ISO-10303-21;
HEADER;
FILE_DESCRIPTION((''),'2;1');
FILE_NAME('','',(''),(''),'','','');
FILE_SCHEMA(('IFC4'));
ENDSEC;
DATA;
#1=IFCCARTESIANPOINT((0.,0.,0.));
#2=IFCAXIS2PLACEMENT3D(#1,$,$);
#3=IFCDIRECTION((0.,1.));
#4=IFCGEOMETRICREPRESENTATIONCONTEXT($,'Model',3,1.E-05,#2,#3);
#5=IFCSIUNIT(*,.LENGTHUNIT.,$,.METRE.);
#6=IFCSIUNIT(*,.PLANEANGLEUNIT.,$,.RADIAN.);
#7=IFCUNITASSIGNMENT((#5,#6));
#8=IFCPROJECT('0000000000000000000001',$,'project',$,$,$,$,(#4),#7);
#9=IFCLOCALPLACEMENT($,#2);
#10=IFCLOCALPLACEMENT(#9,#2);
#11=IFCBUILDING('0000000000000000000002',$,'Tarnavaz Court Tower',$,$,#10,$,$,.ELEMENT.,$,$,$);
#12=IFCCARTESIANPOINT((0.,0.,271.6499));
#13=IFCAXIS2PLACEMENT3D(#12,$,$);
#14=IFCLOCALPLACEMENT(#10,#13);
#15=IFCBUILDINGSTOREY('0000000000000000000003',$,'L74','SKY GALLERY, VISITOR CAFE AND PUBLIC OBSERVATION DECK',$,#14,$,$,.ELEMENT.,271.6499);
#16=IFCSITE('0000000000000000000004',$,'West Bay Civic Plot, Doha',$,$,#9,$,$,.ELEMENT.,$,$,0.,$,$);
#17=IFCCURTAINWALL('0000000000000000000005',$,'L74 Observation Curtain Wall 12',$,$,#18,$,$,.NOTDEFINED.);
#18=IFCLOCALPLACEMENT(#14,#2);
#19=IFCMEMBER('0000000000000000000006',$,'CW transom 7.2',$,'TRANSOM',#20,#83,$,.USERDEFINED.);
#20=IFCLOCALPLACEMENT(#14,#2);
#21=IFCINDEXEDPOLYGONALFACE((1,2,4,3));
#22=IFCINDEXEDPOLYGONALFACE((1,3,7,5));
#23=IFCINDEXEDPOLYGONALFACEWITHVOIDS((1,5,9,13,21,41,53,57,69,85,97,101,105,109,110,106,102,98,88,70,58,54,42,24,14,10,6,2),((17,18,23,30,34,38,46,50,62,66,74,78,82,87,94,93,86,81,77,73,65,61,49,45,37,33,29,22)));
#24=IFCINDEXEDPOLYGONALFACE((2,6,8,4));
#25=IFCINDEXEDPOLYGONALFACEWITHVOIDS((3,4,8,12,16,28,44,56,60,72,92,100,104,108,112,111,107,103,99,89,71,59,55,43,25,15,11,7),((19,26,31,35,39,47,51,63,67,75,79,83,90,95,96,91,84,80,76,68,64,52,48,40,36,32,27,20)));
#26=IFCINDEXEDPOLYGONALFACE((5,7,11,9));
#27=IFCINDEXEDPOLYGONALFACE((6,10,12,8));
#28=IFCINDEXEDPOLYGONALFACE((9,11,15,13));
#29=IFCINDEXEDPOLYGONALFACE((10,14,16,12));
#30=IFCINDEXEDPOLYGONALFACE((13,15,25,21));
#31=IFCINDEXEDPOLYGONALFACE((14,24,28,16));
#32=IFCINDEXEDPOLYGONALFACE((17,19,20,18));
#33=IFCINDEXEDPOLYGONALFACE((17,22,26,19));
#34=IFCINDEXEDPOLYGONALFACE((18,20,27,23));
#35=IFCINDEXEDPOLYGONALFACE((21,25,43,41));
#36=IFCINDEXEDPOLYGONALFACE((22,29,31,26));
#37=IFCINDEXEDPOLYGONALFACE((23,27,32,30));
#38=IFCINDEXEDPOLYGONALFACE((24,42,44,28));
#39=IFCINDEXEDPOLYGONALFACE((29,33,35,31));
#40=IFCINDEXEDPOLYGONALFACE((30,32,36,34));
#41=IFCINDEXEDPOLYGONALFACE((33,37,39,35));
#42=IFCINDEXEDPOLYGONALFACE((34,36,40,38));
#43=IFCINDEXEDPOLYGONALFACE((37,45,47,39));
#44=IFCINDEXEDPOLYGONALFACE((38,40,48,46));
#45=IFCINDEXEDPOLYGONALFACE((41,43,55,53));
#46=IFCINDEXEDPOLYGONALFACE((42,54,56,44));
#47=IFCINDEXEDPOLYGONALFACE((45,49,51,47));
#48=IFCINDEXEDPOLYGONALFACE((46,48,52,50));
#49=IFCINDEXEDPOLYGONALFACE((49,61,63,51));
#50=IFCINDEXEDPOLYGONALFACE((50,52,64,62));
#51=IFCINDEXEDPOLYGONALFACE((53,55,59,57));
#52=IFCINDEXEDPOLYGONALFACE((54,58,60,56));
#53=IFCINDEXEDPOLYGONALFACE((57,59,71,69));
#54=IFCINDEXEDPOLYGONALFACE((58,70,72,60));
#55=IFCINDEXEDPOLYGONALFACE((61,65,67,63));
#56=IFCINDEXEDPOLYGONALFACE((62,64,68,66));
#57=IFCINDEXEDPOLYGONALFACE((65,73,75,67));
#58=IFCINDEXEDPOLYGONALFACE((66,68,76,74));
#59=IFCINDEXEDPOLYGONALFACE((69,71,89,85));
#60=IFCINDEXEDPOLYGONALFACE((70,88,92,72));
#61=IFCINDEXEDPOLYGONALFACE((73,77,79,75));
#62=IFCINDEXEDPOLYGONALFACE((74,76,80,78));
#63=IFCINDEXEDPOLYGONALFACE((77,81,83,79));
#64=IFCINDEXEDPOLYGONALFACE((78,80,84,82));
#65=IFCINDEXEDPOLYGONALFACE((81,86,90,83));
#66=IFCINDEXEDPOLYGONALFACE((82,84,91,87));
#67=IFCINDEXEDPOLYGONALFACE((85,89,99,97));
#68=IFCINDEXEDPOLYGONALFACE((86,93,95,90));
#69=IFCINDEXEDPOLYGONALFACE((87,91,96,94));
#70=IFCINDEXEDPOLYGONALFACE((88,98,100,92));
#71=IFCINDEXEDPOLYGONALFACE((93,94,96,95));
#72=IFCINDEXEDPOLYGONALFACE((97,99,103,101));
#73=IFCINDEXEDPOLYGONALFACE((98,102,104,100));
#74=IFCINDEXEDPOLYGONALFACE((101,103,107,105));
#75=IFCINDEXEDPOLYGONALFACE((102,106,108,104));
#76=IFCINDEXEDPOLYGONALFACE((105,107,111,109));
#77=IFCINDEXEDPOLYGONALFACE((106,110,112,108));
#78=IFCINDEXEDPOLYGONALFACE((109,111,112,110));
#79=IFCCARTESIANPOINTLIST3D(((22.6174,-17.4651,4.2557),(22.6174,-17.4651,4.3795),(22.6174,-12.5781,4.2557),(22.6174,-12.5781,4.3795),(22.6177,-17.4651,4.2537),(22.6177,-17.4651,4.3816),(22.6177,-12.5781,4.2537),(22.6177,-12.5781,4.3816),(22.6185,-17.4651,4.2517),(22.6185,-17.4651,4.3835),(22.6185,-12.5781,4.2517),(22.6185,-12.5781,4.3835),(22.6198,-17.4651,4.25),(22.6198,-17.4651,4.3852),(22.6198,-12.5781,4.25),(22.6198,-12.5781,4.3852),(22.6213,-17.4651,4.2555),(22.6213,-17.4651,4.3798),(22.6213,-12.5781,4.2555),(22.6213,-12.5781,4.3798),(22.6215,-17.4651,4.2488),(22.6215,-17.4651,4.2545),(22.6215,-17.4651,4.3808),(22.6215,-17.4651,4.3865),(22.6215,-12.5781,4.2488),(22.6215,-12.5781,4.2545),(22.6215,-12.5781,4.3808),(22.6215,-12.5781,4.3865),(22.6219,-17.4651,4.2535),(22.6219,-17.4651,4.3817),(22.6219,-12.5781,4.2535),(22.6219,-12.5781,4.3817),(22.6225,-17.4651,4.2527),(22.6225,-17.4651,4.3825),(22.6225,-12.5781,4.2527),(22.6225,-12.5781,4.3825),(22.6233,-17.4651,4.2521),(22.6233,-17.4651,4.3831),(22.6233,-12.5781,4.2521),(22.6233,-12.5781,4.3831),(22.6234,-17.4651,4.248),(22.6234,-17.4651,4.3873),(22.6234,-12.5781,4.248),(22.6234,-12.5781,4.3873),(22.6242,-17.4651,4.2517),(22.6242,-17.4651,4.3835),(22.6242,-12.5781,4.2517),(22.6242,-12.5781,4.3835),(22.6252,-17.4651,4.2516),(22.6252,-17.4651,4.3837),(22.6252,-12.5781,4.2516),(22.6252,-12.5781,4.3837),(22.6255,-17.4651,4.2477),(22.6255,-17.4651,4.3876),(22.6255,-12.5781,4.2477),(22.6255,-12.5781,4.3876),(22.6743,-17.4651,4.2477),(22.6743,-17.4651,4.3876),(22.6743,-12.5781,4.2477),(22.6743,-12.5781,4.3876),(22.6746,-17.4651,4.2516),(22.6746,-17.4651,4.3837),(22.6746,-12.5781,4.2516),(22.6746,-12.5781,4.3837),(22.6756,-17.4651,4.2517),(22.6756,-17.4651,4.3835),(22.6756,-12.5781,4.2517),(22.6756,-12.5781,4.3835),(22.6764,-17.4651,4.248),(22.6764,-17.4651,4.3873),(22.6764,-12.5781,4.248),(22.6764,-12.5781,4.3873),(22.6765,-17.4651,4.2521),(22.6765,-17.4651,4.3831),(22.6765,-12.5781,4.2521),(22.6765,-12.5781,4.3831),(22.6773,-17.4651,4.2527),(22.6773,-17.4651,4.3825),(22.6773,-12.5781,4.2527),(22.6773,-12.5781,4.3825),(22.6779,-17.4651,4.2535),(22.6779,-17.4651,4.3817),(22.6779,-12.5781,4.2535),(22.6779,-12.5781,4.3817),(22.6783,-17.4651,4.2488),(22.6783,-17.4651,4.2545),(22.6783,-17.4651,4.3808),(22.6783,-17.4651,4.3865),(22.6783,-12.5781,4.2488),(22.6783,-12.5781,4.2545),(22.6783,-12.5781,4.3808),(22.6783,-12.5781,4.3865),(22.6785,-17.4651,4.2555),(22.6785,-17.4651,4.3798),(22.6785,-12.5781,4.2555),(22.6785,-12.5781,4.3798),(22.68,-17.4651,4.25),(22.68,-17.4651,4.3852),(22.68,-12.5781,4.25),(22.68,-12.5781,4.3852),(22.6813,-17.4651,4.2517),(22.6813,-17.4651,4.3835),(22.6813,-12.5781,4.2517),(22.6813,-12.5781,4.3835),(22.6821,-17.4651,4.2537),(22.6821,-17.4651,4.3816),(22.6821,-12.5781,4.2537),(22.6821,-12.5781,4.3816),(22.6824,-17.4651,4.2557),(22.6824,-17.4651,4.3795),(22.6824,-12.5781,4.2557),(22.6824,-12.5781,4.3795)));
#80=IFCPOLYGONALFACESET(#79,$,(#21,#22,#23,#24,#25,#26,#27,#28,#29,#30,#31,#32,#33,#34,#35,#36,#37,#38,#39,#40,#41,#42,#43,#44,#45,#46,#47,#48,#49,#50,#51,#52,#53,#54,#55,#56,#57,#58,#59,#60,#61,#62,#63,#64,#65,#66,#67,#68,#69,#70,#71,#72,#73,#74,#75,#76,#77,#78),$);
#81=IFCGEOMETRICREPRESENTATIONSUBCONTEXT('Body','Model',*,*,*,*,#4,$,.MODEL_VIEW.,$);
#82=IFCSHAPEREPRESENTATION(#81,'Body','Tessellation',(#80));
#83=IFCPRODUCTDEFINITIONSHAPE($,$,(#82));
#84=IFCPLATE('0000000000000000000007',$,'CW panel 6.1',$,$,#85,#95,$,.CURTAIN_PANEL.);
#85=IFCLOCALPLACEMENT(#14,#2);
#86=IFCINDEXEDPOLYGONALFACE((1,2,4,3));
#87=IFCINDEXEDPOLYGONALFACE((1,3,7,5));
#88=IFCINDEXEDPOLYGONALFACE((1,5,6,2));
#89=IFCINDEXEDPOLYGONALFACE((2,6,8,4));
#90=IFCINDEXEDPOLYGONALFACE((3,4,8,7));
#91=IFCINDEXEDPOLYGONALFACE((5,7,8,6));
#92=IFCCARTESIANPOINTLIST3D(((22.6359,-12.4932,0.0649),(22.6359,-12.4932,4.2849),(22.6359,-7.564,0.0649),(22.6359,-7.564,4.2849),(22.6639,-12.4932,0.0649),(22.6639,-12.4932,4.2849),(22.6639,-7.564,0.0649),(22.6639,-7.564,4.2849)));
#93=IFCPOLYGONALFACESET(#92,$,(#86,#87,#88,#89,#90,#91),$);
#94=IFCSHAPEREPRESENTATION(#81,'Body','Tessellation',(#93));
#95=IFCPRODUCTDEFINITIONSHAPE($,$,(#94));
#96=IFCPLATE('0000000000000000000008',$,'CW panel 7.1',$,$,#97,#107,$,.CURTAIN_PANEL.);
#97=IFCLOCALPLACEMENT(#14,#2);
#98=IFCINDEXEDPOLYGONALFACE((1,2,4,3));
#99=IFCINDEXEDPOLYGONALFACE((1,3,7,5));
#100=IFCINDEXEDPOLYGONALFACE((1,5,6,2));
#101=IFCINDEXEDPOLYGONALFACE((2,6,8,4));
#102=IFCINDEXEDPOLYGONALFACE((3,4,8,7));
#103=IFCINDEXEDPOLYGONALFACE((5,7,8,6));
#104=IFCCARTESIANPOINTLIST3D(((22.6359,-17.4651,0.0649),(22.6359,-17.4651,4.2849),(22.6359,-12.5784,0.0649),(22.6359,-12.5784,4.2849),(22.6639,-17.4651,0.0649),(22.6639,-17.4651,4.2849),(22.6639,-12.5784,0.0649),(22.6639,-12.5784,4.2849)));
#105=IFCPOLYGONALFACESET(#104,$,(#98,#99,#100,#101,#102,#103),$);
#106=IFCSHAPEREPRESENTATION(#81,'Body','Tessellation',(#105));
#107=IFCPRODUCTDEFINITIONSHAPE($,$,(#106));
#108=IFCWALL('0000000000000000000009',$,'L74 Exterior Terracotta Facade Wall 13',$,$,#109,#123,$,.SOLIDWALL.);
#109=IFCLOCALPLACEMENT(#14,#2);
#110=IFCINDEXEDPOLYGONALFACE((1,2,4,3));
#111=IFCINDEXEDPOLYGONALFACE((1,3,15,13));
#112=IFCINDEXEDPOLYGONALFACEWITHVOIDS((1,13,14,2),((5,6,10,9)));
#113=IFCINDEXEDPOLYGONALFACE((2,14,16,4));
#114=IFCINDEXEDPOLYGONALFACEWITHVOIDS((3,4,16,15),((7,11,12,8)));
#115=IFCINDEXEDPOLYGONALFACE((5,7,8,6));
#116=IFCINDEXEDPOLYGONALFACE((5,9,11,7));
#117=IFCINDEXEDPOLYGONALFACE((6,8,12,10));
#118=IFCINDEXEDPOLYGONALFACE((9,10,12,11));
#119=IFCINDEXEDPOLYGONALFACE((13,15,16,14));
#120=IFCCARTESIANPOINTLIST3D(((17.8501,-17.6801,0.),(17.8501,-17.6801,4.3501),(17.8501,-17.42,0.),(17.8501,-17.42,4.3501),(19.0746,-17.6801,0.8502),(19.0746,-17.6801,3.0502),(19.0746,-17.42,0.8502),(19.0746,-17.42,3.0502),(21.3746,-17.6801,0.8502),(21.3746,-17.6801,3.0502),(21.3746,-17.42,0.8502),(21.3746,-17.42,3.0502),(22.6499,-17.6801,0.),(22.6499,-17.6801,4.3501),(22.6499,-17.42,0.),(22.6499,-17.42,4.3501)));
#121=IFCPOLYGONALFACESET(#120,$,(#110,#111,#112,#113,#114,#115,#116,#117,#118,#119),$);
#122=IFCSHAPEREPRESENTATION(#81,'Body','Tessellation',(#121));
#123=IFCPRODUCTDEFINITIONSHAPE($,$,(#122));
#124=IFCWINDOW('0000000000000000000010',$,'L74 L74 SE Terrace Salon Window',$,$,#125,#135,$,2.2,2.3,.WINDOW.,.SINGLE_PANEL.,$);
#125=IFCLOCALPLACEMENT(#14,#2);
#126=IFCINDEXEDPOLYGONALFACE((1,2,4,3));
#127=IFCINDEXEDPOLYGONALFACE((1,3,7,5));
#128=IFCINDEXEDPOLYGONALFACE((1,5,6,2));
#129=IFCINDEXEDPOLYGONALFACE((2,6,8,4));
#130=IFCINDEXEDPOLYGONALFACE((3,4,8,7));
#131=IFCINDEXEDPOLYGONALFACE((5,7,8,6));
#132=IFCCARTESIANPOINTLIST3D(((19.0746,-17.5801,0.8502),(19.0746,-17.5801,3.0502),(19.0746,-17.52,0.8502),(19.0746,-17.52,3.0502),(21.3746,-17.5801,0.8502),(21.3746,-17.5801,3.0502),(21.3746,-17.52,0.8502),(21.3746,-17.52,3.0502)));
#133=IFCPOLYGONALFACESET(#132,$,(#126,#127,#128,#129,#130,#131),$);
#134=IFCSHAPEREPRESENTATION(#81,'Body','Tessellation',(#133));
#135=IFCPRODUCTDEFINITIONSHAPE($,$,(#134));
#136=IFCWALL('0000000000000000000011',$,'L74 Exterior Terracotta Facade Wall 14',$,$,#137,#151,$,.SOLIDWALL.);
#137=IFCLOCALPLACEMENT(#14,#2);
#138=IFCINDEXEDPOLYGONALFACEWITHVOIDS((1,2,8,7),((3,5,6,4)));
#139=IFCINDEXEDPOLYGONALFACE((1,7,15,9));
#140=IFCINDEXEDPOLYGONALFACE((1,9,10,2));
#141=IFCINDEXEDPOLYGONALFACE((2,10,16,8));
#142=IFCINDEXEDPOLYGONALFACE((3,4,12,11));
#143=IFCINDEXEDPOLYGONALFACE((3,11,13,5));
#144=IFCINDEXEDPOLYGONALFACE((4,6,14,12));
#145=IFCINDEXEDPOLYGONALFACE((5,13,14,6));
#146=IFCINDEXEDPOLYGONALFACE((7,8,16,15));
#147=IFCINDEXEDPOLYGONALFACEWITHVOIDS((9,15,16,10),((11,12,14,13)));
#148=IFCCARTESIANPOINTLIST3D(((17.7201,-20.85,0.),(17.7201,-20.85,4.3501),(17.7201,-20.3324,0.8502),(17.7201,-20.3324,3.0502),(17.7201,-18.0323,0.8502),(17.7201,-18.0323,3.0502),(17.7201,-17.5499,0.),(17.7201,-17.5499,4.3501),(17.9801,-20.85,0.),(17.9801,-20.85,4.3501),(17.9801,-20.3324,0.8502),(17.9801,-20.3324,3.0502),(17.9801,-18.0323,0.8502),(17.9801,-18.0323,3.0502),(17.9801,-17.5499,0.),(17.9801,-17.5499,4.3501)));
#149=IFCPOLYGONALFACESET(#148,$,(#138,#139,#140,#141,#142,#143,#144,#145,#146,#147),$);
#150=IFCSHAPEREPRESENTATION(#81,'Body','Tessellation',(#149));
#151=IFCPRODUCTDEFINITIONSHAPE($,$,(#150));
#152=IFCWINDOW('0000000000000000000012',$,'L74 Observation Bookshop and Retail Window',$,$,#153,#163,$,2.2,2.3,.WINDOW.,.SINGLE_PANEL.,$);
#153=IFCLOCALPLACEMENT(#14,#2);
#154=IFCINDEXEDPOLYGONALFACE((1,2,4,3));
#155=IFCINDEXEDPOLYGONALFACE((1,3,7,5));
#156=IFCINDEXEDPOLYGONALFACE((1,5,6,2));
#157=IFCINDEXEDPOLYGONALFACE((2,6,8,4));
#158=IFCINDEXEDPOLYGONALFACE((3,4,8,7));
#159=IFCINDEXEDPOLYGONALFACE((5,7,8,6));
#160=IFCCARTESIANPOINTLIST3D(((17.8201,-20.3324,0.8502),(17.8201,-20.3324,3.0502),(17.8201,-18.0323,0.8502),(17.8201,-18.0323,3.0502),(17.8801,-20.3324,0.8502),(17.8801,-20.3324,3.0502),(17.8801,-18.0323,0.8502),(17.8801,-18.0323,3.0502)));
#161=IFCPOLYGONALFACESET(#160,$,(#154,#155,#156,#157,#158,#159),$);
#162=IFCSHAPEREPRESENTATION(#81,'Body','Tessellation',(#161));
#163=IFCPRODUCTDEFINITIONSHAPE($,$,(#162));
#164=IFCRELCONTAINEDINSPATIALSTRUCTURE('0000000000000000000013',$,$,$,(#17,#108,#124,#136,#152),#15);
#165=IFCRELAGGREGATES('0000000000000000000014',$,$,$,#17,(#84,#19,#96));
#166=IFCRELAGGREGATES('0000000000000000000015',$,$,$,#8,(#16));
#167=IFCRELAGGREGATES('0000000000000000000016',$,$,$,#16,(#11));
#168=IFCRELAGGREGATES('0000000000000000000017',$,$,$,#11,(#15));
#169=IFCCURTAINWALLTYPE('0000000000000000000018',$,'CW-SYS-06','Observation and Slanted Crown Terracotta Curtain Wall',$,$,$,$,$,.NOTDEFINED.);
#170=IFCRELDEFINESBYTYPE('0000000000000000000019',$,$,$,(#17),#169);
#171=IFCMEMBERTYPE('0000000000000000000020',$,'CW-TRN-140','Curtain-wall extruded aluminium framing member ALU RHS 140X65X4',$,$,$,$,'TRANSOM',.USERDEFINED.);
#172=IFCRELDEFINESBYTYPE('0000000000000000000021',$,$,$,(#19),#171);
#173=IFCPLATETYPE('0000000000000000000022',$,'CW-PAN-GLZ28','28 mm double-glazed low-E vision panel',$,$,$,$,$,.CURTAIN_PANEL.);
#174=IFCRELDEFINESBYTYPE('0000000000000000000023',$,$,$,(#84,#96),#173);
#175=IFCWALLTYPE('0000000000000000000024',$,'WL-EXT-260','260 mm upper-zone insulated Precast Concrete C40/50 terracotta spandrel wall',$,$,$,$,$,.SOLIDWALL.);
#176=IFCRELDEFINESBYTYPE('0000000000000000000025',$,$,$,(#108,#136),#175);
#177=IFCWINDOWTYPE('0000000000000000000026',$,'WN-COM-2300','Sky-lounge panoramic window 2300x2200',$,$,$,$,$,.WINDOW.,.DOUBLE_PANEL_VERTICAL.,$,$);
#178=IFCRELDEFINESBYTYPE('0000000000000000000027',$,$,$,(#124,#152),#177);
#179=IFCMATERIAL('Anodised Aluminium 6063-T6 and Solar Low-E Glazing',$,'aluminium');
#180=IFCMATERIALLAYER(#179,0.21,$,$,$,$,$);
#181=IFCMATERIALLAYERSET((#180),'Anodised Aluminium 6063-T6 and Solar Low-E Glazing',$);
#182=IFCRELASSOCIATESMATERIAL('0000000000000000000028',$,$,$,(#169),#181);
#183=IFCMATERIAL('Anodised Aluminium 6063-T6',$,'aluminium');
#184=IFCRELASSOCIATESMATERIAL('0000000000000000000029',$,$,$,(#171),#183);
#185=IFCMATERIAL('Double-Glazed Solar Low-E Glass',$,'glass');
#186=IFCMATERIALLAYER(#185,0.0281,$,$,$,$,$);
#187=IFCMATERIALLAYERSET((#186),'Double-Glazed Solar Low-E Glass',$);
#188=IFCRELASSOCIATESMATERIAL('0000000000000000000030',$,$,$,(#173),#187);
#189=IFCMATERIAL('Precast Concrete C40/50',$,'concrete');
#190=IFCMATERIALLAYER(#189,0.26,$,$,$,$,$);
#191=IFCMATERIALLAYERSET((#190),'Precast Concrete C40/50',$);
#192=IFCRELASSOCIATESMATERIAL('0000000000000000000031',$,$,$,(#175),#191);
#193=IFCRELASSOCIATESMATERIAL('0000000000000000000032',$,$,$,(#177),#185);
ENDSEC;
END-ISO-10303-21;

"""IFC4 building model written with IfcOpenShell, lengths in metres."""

from ifc_helpers import new_model, si_unit, direction, frame, frame_2d, origin, origin_2d, place, context, subcontext, project, spatial, rectangle, hollow_rectangle, extrude, material, layer, layer_set, material_profile, profile_set, type_object, element, fill, aggregate, save


model = new_model("IFC4")

# Units and contexts
model_context = context("Model", 3, precision=1e-05, world=origin(), true_north=direction((0.0, 1.0)))
body_context = subcontext(model_context, "Body", "Model", "MODEL_VIEW")
ifc_project = project(units=[si_unit("LENGTHUNIT", "METRE"), si_unit("PLANEANGLEUNIT", "RADIAN")], contexts=[model_context])

# Site, building, storey
site_placement = place(None, origin())
site = spatial("IfcSite", under=ifc_project, at=site_placement, Name="West Bay Civic Plot, Doha", CompositionType="ELEMENT", RefElevation=0.0)
building_placement = place(site_placement, origin())
building = spatial("IfcBuilding", under=site, at=building_placement, Name="Tarnavaz Court Tower", CompositionType="ELEMENT")
storey_placement = place(building_placement, frame((0.0, 0.0, 271.6499)))
storey = spatial("IfcBuildingStorey", under=building, at=storey_placement, Name="L74", Description="SKY GALLERY, VISITOR CAFE AND PUBLIC OBSERVATION DECK", CompositionType="ELEMENT", Elevation=271.6499)

# Curtain wall, member, plates
ifc_material_1 = material(Name="Anodised Aluminium 6063-T6 and Solar Low-E Glazing", Category="aluminium")
ifc_layer_1 = layer(ifc_material_1, 0.21)
ifc_layer_set_1 = layer_set([ifc_layer_1], Name="Anodised Aluminium 6063-T6 and Solar Low-E Glazing")
curtain_wall_type = type_object("IfcCurtainWallType", Name="CW-SYS-06", Description="Observation and Slanted Crown Terracotta Curtain Wall", PredefinedType="NOTDEFINED", material=ifc_layer_set_1)
curtain_wall_placement = place(storey_placement, origin())
curtain_wall = element("IfcCurtainWall", 1, at=curtain_wall_placement, inside=storey, type_object=curtain_wall_type, Name="L74 Observation Curtain Wall 12", PredefinedType="NOTDEFINED")
ifc_material_2 = material(Name="Anodised Aluminium 6063-T6", Category="aluminium")
ifc_material_profile_1 = material_profile(ifc_material_2, hollow_rectangle(XDim=0.0649, YDim=0.1399, WallThickness=0.0039, InnerFilletRadius=0.0039, OuterFilletRadius=0.0081, at=origin_2d()), Name="ALU RHS 140X65X4")
ifc_profile_set_1 = profile_set([ifc_material_profile_1], Name="Anodised Aluminium 6063-T6")
member_type_1 = type_object("IfcMemberType", Name="CW-TRN-140", Description="Curtain-wall extruded aluminium framing member ALU RHS 140X65X4", ElementType="TRANSOM", PredefinedType="USERDEFINED", material=ifc_profile_set_1)
member_1_placement = place(storey_placement, frame((22.6499, -12.5781, 4.3176), z_axis=(0.0, -1.0, 0.0), x_axis=(1.0, 0.0, 0.0)))
member_1 = element("IfcMember", 2, at=member_1_placement, type_object=member_type_1, Name="CW transom 7.2", ObjectType="TRANSOM", PredefinedType="USERDEFINED", context=body_context, shape_type="SweptSolid", body=[
    extrude(hollow_rectangle(XDim=0.0649, YDim=0.1399, WallThickness=0.0039, InnerFilletRadius=0.0039, OuterFilletRadius=0.0081, at=origin_2d()), origin(), (0.0, 0.0, 1.0), 4.887),
])
ifc_material_3 = material(Name="Double-Glazed Solar Low-E Glass", Category="glass")
ifc_layer_2 = layer(ifc_material_3, 0.0281)
ifc_layer_set_2 = layer_set([ifc_layer_2], Name="Double-Glazed Solar Low-E Glass")
plate_type = type_object("IfcPlateType", Name="CW-PAN-GLZ28", Description="28 mm double-glazed low-E vision panel", PredefinedType="CURTAIN_PANEL", material=ifc_layer_set_2)
plate_1_placement = place(storey_placement, frame((22.6499, -10.0286, 0.0649), z_axis=(0.0, 0.0, 1.0), x_axis=(0.0, -1.0, 0.0)))
plate_1 = element("IfcPlate", 3, at=plate_1_placement, type_object=plate_type, Name="CW panel 6.1", PredefinedType="CURTAIN_PANEL", context=body_context, shape_type="SweptSolid", body=[
    extrude(rectangle(XDim=4.9292, YDim=0.0281, at=origin_2d()), origin(), (0.0, 0.0, 1.0), 4.22),
])
plate_2_placement = place(storey_placement, frame((22.6499, -15.0217, 0.0649), z_axis=(0.0, 0.0, 1.0), x_axis=(0.0, -1.0, 0.0)))
plate_2 = element("IfcPlate", 4, at=plate_2_placement, type_object=plate_type, Name="CW panel 7.1", PredefinedType="CURTAIN_PANEL", context=body_context, shape_type="SweptSolid", body=[
    extrude(rectangle(XDim=4.8867, YDim=0.0281, at=origin_2d()), origin(), (0.0, 0.0, 1.0), 4.22),
])
aggregate(curtain_wall, [plate_1, member_1, plate_2])

# Walls, openings, windows
ifc_material_4 = material(Name="Precast Concrete C40/50", Category="concrete")
ifc_layer_3 = layer(ifc_material_4, 0.26)
ifc_layer_set_3 = layer_set([ifc_layer_3], Name="Precast Concrete C40/50")
wall_type_1 = type_object("IfcWallType", Name="WL-EXT-260", Description="260 mm upper-zone insulated Precast Concrete C40/50 terracotta spandrel wall", PredefinedType="SOLIDWALL", material=ifc_layer_set_3)
wall_1_placement = place(storey_placement, frame((22.6499, -17.55, 0.0), z_axis=(0.0, 0.0, 1.0), x_axis=(-1.0, 0.0, 0.0)))
wall_1 = element("IfcWall", 5, at=wall_1_placement, inside=storey, type_object=wall_type_1, Name="L74 Exterior Terracotta Facade Wall 13", PredefinedType="SOLIDWALL", context=body_context, shape_type="SweptSolid", body=[
    extrude(rectangle(XDim=4.7998, YDim=0.26, at=frame_2d((2.3999, 0.0))), origin(), (0.0, 0.0, 1.0), 4.3501),
])
opening_1_placement = place(wall_1_placement, frame((1.2754, 0.0, 0.8501)))
opening_1 = element("IfcOpeningElement", 6, at=opening_1_placement, cuts=wall_1, PredefinedType="OPENING", context=body_context, shape_type="SweptSolid", body=[
    extrude(rectangle(XDim=2.3, YDim=2.2, at=frame_2d((1.1499, 1.1001))), frame((0.0, 0.1399, 0.0), z_axis=(0.0, -1.0, 0.0), x_axis=(1.0, 0.0, 0.0)), (0.0, 0.0, 1.0), 0.28),
])
window_type_1 = type_object("IfcWindowType", Name="WN-COM-2300", Description="Sky-lounge panoramic window 2300x2200", PartitioningType="DOUBLE_PANEL_VERTICAL", PredefinedType="WINDOW", material=ifc_material_3)
window_1_placement = place(opening_1_placement, origin())
window_1 = element("IfcWindow", 7, at=window_1_placement, inside=storey, type_object=window_type_1, Name="L74 L74 SE Terrace Salon Window", OverallHeight=2.2, OverallWidth=2.3, PartitioningType="SINGLE_PANEL", PredefinedType="WINDOW", context=body_context, shape_type="SweptSolid", body=[
    extrude(rectangle(XDim=2.3, YDim=2.2, at=frame_2d((1.1499, 1.1001))), frame((0.0, 0.03, 0.0), z_axis=(0.0, -1.0, 0.0), x_axis=(1.0, 0.0, 0.0)), (0.0, 0.0, 1.0), 0.0601),
])
fill(opening_1, window_1)
wall_2_placement = place(storey_placement, frame((17.8501, -17.55, 0.0), z_axis=(0.0, 0.0, 1.0), x_axis=(0.0, -1.0, 0.0)))
wall_2 = element("IfcWall", 8, at=wall_2_placement, inside=storey, type_object=wall_type_1, Name="L74 Exterior Terracotta Facade Wall 14", PredefinedType="SOLIDWALL", context=body_context, shape_type="SweptSolid", body=[
    extrude(rectangle(XDim=3.3, YDim=0.26, at=frame_2d((1.6499, 0.0))), origin(), (0.0, 0.0, 1.0), 4.3501),
])
opening_2_placement = place(wall_2_placement, frame((0.4824, 0.0, 0.8501)))
opening_2 = element("IfcOpeningElement", 9, at=opening_2_placement, cuts=wall_2, PredefinedType="OPENING", context=body_context, shape_type="SweptSolid", body=[
    extrude(rectangle(XDim=2.3, YDim=2.2, at=frame_2d((1.1499, 1.1001))), frame((0.0, 0.1399, 0.0), z_axis=(0.0, -1.0, 0.0), x_axis=(1.0, 0.0, 0.0)), (0.0, 0.0, 1.0), 0.28),
])
window_2_placement = place(opening_2_placement, origin())
window_2 = element("IfcWindow", 10, at=window_2_placement, inside=storey, type_object=window_type_1, Name="L74 Observation Bookshop and Retail Window", OverallHeight=2.2, OverallWidth=2.3, PartitioningType="SINGLE_PANEL", PredefinedType="WINDOW", context=body_context, shape_type="SweptSolid", body=[
    extrude(rectangle(XDim=2.3, YDim=2.2, at=frame_2d((1.1499, 1.1001))), frame((0.0, 0.03, 0.0), z_axis=(0.0, -1.0, 0.0), x_axis=(1.0, 0.0, 0.0)), (0.0, 0.0, 1.0), 0.0601),
])
fill(opening_2, window_2)

save(model, "model.ifc")
